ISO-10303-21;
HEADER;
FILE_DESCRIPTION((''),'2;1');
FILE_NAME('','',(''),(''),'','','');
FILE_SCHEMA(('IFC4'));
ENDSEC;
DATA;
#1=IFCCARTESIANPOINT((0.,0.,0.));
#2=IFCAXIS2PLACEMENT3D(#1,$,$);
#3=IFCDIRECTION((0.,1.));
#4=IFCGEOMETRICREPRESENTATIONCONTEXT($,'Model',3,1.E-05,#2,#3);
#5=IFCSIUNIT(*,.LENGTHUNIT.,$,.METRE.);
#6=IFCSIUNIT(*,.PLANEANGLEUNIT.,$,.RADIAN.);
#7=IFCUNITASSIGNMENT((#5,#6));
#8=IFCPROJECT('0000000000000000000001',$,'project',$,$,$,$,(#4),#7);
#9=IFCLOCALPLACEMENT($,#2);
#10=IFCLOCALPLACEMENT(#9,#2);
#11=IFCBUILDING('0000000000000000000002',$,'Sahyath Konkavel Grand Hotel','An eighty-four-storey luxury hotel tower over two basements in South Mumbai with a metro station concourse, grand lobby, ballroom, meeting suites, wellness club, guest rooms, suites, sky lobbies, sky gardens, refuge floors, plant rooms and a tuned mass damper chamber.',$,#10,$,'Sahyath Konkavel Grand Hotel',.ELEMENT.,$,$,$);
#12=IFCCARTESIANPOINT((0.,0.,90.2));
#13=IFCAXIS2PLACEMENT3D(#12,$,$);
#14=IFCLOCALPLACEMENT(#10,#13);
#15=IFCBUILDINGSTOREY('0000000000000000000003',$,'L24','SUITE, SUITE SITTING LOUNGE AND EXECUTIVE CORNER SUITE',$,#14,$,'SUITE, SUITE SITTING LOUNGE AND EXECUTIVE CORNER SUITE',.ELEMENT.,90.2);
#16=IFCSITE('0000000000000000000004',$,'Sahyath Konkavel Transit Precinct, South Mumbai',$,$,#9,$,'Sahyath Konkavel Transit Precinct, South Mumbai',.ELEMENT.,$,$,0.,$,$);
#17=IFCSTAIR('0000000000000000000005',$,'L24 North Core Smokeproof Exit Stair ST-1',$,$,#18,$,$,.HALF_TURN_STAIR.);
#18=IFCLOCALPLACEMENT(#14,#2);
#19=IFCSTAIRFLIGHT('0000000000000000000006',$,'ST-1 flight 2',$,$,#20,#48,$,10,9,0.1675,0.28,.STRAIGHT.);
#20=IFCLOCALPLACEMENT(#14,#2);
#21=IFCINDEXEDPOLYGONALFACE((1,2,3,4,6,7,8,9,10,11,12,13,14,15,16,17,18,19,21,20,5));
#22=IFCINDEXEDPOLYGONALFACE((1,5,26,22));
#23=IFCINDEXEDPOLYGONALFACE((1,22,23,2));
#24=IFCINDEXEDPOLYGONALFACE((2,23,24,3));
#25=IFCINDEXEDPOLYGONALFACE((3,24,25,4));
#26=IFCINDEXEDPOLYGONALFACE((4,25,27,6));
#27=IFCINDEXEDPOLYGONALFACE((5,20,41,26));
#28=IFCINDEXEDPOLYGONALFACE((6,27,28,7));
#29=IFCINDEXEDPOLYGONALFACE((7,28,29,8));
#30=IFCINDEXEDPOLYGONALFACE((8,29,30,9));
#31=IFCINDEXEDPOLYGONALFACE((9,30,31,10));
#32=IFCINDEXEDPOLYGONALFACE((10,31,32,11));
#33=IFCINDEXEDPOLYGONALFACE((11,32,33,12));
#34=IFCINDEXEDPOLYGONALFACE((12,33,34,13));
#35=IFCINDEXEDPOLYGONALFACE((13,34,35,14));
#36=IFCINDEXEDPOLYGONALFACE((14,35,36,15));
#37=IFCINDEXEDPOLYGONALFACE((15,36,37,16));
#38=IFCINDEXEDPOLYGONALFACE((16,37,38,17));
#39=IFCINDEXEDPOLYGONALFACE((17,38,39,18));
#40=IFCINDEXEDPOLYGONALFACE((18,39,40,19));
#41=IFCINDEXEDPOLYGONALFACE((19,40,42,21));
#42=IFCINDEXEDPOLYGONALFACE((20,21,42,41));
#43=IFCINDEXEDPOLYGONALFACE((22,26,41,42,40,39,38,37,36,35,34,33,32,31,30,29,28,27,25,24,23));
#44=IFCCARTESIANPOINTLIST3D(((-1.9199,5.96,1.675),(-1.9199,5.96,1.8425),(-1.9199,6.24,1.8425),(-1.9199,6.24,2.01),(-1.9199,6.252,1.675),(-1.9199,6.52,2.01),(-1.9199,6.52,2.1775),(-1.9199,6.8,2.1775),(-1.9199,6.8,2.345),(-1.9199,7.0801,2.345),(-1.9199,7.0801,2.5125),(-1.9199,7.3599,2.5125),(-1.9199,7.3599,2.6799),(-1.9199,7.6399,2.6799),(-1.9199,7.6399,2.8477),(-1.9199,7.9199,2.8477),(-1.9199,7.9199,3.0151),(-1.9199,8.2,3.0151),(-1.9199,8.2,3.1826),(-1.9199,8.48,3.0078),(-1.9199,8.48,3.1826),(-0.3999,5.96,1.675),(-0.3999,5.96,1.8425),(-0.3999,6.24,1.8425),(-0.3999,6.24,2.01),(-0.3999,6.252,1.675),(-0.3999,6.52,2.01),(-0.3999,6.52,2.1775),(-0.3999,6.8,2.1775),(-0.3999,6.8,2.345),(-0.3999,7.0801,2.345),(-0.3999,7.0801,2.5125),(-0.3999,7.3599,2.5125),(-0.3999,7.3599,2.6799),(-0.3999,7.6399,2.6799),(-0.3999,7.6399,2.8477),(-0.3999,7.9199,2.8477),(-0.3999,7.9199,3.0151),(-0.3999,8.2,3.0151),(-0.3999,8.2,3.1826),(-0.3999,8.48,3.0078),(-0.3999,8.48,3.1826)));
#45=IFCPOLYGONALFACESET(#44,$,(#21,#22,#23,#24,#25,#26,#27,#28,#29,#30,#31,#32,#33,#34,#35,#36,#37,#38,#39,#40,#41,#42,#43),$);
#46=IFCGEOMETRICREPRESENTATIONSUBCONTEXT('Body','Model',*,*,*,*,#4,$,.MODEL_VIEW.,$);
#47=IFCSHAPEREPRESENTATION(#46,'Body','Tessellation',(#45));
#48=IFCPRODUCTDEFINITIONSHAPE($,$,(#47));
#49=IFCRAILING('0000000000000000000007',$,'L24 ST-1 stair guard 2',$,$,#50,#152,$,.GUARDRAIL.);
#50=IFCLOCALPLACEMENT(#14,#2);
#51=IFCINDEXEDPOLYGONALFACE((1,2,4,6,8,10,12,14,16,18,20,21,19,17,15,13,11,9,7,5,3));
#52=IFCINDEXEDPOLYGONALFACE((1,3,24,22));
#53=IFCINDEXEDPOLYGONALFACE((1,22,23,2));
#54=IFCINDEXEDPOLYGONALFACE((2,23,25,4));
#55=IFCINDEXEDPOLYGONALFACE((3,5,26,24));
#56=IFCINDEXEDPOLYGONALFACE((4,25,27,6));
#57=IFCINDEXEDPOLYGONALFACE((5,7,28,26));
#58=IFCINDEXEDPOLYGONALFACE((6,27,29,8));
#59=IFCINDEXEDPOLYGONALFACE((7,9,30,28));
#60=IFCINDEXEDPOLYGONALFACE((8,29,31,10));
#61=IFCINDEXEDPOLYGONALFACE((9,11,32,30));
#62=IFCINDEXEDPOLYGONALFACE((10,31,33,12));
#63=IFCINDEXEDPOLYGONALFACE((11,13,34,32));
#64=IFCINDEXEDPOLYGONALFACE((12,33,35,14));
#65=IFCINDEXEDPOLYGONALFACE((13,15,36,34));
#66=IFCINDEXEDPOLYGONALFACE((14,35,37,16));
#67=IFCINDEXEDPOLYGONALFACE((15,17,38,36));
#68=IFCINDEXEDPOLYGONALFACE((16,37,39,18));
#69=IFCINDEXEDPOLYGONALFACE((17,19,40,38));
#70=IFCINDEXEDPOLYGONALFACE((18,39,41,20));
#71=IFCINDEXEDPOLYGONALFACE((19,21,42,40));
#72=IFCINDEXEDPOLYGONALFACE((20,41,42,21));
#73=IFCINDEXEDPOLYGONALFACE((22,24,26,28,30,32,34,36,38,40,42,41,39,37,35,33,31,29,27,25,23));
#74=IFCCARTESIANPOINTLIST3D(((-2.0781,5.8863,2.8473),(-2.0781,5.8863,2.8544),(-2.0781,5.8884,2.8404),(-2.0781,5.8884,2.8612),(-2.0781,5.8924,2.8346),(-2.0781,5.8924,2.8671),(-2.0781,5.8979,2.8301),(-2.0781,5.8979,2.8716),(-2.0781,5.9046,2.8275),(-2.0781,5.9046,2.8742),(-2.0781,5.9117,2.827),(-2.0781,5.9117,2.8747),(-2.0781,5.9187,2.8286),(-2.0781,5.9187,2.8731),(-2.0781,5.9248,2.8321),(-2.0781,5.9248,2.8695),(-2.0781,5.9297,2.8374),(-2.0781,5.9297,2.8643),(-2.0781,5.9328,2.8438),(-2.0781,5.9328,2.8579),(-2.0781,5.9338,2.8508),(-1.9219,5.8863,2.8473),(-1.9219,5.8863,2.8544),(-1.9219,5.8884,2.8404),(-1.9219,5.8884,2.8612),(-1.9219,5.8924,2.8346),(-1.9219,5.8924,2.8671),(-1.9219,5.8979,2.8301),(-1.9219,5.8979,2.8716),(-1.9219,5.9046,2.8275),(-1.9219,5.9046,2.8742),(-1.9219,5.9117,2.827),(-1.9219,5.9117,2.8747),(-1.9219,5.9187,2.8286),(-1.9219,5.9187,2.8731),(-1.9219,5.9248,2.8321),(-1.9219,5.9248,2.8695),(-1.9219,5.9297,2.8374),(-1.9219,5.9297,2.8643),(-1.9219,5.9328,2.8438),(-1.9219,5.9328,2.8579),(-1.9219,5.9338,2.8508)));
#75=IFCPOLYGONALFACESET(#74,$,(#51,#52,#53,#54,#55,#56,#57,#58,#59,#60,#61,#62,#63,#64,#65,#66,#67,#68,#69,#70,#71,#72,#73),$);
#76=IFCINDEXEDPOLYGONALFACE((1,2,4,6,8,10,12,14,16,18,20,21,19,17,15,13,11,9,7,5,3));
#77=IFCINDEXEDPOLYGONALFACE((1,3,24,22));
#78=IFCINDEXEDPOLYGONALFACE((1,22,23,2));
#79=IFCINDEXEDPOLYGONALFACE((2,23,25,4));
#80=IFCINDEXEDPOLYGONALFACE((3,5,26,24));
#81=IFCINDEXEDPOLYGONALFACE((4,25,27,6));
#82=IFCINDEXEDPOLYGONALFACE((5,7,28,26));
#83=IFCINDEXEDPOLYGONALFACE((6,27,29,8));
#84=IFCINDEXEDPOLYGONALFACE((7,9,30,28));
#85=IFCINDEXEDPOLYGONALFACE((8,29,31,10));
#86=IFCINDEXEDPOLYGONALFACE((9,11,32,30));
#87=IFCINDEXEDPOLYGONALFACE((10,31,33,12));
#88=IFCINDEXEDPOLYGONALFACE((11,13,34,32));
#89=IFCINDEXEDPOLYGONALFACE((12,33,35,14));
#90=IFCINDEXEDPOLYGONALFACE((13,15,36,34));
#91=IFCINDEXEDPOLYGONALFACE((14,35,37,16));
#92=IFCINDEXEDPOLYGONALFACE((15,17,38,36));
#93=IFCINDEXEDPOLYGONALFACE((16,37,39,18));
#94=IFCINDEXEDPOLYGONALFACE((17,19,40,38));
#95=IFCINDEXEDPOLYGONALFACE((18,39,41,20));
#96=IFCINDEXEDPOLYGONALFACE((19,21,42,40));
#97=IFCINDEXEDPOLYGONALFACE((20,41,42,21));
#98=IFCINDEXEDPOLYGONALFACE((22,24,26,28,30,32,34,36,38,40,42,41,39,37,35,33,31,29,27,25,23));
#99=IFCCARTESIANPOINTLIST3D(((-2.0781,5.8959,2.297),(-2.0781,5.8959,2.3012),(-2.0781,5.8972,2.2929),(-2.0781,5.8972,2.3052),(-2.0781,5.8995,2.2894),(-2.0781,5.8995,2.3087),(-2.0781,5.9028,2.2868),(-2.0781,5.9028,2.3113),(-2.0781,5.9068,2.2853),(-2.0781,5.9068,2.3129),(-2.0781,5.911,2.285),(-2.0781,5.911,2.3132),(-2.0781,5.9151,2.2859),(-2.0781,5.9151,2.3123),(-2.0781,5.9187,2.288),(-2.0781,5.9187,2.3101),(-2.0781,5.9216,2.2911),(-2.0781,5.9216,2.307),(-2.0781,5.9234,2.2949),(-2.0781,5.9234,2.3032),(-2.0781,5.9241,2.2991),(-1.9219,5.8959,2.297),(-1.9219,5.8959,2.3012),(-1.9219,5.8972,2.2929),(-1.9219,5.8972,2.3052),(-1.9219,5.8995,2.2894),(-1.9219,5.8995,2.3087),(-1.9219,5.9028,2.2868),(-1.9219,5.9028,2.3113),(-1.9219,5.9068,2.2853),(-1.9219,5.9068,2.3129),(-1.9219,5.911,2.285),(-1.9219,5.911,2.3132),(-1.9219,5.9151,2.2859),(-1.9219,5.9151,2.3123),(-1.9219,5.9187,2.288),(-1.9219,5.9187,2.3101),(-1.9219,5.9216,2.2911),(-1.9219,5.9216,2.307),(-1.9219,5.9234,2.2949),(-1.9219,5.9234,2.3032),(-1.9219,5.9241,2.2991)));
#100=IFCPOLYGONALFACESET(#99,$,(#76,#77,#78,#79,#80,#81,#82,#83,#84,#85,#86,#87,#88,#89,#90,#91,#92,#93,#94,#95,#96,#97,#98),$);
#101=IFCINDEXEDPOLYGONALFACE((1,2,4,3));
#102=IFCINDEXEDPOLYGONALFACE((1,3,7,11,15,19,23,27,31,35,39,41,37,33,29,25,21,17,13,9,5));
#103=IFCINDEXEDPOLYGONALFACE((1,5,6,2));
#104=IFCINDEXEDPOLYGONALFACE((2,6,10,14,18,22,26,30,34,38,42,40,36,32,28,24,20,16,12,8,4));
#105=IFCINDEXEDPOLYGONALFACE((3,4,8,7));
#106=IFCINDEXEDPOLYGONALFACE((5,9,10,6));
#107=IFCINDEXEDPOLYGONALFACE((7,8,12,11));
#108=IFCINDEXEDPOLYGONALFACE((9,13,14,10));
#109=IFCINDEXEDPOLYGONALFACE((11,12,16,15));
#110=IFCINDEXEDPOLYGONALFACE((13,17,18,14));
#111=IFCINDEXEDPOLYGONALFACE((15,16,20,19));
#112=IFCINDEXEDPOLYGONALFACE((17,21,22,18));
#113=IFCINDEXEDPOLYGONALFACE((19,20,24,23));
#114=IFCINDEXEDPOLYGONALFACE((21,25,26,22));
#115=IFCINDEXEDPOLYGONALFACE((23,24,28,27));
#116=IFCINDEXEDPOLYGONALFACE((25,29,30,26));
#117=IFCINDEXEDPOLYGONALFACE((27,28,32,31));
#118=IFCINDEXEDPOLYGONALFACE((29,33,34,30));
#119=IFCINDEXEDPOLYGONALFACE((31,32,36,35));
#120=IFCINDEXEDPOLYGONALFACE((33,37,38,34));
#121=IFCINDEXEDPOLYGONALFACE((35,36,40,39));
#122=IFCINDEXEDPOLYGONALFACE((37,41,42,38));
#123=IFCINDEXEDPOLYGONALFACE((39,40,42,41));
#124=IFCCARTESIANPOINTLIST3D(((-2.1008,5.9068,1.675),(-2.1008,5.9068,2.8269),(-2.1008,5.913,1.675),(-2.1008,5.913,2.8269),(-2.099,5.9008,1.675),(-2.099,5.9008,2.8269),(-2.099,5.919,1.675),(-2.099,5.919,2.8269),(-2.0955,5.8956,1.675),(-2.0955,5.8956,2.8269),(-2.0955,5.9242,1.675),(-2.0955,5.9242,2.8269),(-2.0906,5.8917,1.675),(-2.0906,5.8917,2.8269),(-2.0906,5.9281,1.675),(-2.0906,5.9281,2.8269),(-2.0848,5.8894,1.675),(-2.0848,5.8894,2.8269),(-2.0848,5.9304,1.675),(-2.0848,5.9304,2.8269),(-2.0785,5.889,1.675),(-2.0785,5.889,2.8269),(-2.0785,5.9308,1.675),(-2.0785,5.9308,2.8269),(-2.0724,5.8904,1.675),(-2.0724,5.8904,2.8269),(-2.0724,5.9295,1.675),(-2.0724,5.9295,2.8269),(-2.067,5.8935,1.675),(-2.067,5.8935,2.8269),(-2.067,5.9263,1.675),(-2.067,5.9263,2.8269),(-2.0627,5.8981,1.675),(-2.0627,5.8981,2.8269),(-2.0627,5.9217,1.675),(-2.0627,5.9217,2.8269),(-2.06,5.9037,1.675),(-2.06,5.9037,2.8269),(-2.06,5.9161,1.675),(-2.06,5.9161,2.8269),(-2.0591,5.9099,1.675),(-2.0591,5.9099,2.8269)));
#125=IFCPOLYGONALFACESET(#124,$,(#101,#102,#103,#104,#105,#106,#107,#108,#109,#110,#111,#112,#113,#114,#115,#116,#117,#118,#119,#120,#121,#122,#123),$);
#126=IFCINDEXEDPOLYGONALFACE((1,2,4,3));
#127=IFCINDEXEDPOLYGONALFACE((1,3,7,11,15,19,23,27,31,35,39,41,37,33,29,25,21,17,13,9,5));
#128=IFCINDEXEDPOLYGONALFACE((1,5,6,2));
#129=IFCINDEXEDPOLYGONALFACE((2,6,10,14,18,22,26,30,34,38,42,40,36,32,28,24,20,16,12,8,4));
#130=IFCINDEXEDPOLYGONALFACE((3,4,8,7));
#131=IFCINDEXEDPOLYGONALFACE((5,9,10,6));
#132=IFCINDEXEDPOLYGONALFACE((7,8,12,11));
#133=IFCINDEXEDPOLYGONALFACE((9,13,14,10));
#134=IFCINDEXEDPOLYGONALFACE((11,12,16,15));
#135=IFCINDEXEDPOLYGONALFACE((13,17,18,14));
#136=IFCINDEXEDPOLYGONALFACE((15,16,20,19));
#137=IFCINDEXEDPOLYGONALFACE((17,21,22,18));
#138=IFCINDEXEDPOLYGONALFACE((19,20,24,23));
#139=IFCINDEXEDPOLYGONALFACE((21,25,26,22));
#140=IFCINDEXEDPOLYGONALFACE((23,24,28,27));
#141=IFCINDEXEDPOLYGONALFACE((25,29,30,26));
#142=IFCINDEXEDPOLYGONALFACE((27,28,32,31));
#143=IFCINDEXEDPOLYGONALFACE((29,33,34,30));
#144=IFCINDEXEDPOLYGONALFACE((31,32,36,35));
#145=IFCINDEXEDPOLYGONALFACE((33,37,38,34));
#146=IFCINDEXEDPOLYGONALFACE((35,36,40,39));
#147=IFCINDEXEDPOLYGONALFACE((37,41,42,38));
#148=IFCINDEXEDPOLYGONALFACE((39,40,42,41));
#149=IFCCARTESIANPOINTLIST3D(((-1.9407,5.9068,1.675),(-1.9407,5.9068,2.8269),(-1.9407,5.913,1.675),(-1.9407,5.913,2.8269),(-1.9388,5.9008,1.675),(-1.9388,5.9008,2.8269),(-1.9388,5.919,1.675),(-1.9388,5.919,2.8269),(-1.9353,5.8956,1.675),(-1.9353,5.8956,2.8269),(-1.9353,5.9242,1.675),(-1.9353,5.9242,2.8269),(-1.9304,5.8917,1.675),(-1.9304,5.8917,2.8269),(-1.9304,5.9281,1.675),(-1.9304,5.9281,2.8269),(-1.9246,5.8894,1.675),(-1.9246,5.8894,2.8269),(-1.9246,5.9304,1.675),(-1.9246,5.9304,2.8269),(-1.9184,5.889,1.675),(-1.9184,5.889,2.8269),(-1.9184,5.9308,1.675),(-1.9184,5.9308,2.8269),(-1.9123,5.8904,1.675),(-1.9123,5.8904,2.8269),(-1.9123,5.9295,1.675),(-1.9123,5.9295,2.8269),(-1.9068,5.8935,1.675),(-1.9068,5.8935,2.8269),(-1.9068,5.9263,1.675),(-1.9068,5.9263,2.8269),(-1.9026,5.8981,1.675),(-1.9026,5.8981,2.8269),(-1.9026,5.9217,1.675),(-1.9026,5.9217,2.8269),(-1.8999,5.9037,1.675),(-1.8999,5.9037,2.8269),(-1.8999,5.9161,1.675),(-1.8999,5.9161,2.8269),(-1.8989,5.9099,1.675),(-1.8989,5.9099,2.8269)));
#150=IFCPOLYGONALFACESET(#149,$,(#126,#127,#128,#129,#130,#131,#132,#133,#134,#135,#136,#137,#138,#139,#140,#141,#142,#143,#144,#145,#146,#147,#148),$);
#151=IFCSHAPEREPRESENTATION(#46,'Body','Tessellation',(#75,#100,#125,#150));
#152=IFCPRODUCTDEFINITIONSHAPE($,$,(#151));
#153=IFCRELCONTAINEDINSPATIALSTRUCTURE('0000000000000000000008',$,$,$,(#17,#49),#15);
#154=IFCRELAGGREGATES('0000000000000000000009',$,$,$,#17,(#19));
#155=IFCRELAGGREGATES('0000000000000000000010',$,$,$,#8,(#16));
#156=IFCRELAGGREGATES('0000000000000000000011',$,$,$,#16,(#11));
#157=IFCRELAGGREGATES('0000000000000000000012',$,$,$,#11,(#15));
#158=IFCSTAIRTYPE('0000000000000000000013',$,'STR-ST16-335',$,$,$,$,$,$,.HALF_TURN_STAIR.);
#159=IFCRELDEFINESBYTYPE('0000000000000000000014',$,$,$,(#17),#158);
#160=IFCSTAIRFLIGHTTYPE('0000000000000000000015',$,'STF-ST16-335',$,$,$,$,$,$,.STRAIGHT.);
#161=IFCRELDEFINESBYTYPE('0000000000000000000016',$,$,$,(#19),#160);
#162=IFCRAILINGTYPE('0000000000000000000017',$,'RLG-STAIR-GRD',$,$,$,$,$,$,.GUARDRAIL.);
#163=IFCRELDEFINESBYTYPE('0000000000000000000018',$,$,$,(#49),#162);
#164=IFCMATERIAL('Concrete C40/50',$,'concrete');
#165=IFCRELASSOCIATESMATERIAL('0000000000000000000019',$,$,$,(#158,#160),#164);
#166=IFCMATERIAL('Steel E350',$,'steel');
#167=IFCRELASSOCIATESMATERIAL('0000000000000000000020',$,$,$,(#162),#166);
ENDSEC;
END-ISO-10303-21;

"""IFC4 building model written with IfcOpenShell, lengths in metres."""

from ifc_helpers import new_model, si_unit, direction, frame, origin, origin_2d, place, context, subcontext, project, spatial, polyline, circle, outline, extrude, material, type_object, element, aggregate, save


model = new_model("IFC4")

# Units and contexts
model_context = context("Model", 3, precision=1e-05, world=origin(), true_north=direction((0.0, 1.0)))
body_context = subcontext(model_context, "Body", "Model", "MODEL_VIEW")
ifc_project = project(units=[si_unit("LENGTHUNIT", "METRE"), si_unit("PLANEANGLEUNIT", "RADIAN")], contexts=[model_context])

# Site, building, storey
site_placement = place(None, origin())
site = spatial("IfcSite", under=ifc_project, at=site_placement, Name="Sahyath Konkavel Transit Precinct, South Mumbai", LongName="Sahyath Konkavel Transit Precinct, South Mumbai", CompositionType="ELEMENT", RefElevation=0.0)
building_placement = place(site_placement, origin())
building = spatial("IfcBuilding", under=site, at=building_placement, Name="Sahyath Konkavel Grand Hotel", Description="An eighty-four-storey luxury hotel tower over two basements in South Mumbai with a metro station concourse, grand lobby, ballroom, meeting suites, wellness club, guest rooms, suites, sky lobbies, sky gardens, refuge floors, plant rooms and a tuned mass damper chamber.", LongName="Sahyath Konkavel Grand Hotel", CompositionType="ELEMENT")
storey_placement = place(building_placement, frame((0.0, 0.0, 90.2)))
storey = spatial("IfcBuildingStorey", under=building, at=storey_placement, Name="L24", Description="SUITE, SUITE SITTING LOUNGE AND EXECUTIVE CORNER SUITE", LongName="SUITE, SUITE SITTING LOUNGE AND EXECUTIVE CORNER SUITE", CompositionType="ELEMENT", Elevation=90.2)

# Shared definitions
ifc_material_1 = material(Name="Steel E350", Category="steel")

# Shared definitions
ifc_material_2 = material(Name="Concrete C40/50", Category="concrete")

# Stair
stair_type = type_object("IfcStairType", Name="STR-ST16-335", PredefinedType="HALF_TURN_STAIR", material=ifc_material_2)
stair_1_placement = place(storey_placement, origin())
stair_1 = element("IfcStair", 1, at=stair_1_placement, inside=storey, type_object=stair_type, Name="L24 North Core Smokeproof Exit Stair ST-1", PredefinedType="HALF_TURN_STAIR")

# Stair flight
stair_flight_type = type_object("IfcStairFlightType", Name="STF-ST16-335", PredefinedType="STRAIGHT", material=ifc_material_2)
stair_flight_placement = place(storey_placement, frame((-1.1599, 5.96, 1.675), z_axis=(0.0, 0.0, 1.0), x_axis=(0.0, 1.0, 0.0)))
stair_flight = element("IfcStairFlight", 2, at=stair_flight_placement, type_object=stair_flight_type, Name="ST-1 flight 2", NumberOfRisers=10, NumberOfTreads=9, PredefinedType="STRAIGHT", RiserHeight=0.1675, TreadLength=0.28, context=body_context, shape_type="SweptSolid", body=[
    extrude(outline(polyline([(0.0, 0.0), (0.0, 0.1675), (0.28, 0.1675), (0.28, 0.335), (0.5601, 0.335), (0.5601, 0.5024), (0.8401, 0.5024), (0.8401, 0.6699), (1.1201, 0.6699), (1.1201, 0.8374), (1.3999, 0.8374), (1.3999, 1.0049), (1.6799, 1.0049), (1.6799, 1.1726), (1.96, 1.1726), (1.96, 1.3401), (2.24, 1.3401), (2.24, 1.5076), (2.52, 1.5076), (2.52, 1.675), (2.52, 1.3328), (0.292, 0.0), (0.0, 0.0)])), frame((0.0, 0.76, 0.0), z_axis=(0.0, -1.0, 0.0), x_axis=(1.0, 0.0, 0.0)), (0.0, 0.0, 1.0), 1.52),
])
aggregate(stair_1, [stair_flight])

# Railing
railing_type_1 = type_object("IfcRailingType", Name="RLG-STAIR-GRD", PredefinedType="GUARDRAIL", material=ifc_material_1)
railing_1_placement = place(storey_placement, frame((-2.0801, 5.9099, 1.675)))
element("IfcRailing", 3, at=railing_1_placement, inside=storey, type_object=railing_type_1, Name="L24 ST-1 stair guard 2", PredefinedType="GUARDRAIL", context=body_context, shape_type="SweptSolid", body=[
    extrude(circle(Radius=0.0239, at=origin_2d()), frame((0.002, 0.0, 1.1758), z_axis=(1.0, 0.0, 0.0), x_axis=(0.0, 1.0, 0.0)), (0.0, 0.0, 1.0), 0.1562),
    extrude(circle(Radius=0.0142, at=origin_2d()), frame((0.002, 0.0, 0.624), z_axis=(1.0, 0.0, 0.0), x_axis=(0.0, 1.0, 0.0)), (0.0, 0.0, 1.0), 0.1562),
    extrude(circle(Radius=0.021, at=origin_2d()), origin(), (0.0, 0.0, 1.0), 1.1519),
    extrude(circle(Radius=0.021, at=origin_2d()), frame((0.1602, 0.0, 0.0)), (0.0, 0.0, 1.0), 1.1519),
])

save(model, "model.ifc")
